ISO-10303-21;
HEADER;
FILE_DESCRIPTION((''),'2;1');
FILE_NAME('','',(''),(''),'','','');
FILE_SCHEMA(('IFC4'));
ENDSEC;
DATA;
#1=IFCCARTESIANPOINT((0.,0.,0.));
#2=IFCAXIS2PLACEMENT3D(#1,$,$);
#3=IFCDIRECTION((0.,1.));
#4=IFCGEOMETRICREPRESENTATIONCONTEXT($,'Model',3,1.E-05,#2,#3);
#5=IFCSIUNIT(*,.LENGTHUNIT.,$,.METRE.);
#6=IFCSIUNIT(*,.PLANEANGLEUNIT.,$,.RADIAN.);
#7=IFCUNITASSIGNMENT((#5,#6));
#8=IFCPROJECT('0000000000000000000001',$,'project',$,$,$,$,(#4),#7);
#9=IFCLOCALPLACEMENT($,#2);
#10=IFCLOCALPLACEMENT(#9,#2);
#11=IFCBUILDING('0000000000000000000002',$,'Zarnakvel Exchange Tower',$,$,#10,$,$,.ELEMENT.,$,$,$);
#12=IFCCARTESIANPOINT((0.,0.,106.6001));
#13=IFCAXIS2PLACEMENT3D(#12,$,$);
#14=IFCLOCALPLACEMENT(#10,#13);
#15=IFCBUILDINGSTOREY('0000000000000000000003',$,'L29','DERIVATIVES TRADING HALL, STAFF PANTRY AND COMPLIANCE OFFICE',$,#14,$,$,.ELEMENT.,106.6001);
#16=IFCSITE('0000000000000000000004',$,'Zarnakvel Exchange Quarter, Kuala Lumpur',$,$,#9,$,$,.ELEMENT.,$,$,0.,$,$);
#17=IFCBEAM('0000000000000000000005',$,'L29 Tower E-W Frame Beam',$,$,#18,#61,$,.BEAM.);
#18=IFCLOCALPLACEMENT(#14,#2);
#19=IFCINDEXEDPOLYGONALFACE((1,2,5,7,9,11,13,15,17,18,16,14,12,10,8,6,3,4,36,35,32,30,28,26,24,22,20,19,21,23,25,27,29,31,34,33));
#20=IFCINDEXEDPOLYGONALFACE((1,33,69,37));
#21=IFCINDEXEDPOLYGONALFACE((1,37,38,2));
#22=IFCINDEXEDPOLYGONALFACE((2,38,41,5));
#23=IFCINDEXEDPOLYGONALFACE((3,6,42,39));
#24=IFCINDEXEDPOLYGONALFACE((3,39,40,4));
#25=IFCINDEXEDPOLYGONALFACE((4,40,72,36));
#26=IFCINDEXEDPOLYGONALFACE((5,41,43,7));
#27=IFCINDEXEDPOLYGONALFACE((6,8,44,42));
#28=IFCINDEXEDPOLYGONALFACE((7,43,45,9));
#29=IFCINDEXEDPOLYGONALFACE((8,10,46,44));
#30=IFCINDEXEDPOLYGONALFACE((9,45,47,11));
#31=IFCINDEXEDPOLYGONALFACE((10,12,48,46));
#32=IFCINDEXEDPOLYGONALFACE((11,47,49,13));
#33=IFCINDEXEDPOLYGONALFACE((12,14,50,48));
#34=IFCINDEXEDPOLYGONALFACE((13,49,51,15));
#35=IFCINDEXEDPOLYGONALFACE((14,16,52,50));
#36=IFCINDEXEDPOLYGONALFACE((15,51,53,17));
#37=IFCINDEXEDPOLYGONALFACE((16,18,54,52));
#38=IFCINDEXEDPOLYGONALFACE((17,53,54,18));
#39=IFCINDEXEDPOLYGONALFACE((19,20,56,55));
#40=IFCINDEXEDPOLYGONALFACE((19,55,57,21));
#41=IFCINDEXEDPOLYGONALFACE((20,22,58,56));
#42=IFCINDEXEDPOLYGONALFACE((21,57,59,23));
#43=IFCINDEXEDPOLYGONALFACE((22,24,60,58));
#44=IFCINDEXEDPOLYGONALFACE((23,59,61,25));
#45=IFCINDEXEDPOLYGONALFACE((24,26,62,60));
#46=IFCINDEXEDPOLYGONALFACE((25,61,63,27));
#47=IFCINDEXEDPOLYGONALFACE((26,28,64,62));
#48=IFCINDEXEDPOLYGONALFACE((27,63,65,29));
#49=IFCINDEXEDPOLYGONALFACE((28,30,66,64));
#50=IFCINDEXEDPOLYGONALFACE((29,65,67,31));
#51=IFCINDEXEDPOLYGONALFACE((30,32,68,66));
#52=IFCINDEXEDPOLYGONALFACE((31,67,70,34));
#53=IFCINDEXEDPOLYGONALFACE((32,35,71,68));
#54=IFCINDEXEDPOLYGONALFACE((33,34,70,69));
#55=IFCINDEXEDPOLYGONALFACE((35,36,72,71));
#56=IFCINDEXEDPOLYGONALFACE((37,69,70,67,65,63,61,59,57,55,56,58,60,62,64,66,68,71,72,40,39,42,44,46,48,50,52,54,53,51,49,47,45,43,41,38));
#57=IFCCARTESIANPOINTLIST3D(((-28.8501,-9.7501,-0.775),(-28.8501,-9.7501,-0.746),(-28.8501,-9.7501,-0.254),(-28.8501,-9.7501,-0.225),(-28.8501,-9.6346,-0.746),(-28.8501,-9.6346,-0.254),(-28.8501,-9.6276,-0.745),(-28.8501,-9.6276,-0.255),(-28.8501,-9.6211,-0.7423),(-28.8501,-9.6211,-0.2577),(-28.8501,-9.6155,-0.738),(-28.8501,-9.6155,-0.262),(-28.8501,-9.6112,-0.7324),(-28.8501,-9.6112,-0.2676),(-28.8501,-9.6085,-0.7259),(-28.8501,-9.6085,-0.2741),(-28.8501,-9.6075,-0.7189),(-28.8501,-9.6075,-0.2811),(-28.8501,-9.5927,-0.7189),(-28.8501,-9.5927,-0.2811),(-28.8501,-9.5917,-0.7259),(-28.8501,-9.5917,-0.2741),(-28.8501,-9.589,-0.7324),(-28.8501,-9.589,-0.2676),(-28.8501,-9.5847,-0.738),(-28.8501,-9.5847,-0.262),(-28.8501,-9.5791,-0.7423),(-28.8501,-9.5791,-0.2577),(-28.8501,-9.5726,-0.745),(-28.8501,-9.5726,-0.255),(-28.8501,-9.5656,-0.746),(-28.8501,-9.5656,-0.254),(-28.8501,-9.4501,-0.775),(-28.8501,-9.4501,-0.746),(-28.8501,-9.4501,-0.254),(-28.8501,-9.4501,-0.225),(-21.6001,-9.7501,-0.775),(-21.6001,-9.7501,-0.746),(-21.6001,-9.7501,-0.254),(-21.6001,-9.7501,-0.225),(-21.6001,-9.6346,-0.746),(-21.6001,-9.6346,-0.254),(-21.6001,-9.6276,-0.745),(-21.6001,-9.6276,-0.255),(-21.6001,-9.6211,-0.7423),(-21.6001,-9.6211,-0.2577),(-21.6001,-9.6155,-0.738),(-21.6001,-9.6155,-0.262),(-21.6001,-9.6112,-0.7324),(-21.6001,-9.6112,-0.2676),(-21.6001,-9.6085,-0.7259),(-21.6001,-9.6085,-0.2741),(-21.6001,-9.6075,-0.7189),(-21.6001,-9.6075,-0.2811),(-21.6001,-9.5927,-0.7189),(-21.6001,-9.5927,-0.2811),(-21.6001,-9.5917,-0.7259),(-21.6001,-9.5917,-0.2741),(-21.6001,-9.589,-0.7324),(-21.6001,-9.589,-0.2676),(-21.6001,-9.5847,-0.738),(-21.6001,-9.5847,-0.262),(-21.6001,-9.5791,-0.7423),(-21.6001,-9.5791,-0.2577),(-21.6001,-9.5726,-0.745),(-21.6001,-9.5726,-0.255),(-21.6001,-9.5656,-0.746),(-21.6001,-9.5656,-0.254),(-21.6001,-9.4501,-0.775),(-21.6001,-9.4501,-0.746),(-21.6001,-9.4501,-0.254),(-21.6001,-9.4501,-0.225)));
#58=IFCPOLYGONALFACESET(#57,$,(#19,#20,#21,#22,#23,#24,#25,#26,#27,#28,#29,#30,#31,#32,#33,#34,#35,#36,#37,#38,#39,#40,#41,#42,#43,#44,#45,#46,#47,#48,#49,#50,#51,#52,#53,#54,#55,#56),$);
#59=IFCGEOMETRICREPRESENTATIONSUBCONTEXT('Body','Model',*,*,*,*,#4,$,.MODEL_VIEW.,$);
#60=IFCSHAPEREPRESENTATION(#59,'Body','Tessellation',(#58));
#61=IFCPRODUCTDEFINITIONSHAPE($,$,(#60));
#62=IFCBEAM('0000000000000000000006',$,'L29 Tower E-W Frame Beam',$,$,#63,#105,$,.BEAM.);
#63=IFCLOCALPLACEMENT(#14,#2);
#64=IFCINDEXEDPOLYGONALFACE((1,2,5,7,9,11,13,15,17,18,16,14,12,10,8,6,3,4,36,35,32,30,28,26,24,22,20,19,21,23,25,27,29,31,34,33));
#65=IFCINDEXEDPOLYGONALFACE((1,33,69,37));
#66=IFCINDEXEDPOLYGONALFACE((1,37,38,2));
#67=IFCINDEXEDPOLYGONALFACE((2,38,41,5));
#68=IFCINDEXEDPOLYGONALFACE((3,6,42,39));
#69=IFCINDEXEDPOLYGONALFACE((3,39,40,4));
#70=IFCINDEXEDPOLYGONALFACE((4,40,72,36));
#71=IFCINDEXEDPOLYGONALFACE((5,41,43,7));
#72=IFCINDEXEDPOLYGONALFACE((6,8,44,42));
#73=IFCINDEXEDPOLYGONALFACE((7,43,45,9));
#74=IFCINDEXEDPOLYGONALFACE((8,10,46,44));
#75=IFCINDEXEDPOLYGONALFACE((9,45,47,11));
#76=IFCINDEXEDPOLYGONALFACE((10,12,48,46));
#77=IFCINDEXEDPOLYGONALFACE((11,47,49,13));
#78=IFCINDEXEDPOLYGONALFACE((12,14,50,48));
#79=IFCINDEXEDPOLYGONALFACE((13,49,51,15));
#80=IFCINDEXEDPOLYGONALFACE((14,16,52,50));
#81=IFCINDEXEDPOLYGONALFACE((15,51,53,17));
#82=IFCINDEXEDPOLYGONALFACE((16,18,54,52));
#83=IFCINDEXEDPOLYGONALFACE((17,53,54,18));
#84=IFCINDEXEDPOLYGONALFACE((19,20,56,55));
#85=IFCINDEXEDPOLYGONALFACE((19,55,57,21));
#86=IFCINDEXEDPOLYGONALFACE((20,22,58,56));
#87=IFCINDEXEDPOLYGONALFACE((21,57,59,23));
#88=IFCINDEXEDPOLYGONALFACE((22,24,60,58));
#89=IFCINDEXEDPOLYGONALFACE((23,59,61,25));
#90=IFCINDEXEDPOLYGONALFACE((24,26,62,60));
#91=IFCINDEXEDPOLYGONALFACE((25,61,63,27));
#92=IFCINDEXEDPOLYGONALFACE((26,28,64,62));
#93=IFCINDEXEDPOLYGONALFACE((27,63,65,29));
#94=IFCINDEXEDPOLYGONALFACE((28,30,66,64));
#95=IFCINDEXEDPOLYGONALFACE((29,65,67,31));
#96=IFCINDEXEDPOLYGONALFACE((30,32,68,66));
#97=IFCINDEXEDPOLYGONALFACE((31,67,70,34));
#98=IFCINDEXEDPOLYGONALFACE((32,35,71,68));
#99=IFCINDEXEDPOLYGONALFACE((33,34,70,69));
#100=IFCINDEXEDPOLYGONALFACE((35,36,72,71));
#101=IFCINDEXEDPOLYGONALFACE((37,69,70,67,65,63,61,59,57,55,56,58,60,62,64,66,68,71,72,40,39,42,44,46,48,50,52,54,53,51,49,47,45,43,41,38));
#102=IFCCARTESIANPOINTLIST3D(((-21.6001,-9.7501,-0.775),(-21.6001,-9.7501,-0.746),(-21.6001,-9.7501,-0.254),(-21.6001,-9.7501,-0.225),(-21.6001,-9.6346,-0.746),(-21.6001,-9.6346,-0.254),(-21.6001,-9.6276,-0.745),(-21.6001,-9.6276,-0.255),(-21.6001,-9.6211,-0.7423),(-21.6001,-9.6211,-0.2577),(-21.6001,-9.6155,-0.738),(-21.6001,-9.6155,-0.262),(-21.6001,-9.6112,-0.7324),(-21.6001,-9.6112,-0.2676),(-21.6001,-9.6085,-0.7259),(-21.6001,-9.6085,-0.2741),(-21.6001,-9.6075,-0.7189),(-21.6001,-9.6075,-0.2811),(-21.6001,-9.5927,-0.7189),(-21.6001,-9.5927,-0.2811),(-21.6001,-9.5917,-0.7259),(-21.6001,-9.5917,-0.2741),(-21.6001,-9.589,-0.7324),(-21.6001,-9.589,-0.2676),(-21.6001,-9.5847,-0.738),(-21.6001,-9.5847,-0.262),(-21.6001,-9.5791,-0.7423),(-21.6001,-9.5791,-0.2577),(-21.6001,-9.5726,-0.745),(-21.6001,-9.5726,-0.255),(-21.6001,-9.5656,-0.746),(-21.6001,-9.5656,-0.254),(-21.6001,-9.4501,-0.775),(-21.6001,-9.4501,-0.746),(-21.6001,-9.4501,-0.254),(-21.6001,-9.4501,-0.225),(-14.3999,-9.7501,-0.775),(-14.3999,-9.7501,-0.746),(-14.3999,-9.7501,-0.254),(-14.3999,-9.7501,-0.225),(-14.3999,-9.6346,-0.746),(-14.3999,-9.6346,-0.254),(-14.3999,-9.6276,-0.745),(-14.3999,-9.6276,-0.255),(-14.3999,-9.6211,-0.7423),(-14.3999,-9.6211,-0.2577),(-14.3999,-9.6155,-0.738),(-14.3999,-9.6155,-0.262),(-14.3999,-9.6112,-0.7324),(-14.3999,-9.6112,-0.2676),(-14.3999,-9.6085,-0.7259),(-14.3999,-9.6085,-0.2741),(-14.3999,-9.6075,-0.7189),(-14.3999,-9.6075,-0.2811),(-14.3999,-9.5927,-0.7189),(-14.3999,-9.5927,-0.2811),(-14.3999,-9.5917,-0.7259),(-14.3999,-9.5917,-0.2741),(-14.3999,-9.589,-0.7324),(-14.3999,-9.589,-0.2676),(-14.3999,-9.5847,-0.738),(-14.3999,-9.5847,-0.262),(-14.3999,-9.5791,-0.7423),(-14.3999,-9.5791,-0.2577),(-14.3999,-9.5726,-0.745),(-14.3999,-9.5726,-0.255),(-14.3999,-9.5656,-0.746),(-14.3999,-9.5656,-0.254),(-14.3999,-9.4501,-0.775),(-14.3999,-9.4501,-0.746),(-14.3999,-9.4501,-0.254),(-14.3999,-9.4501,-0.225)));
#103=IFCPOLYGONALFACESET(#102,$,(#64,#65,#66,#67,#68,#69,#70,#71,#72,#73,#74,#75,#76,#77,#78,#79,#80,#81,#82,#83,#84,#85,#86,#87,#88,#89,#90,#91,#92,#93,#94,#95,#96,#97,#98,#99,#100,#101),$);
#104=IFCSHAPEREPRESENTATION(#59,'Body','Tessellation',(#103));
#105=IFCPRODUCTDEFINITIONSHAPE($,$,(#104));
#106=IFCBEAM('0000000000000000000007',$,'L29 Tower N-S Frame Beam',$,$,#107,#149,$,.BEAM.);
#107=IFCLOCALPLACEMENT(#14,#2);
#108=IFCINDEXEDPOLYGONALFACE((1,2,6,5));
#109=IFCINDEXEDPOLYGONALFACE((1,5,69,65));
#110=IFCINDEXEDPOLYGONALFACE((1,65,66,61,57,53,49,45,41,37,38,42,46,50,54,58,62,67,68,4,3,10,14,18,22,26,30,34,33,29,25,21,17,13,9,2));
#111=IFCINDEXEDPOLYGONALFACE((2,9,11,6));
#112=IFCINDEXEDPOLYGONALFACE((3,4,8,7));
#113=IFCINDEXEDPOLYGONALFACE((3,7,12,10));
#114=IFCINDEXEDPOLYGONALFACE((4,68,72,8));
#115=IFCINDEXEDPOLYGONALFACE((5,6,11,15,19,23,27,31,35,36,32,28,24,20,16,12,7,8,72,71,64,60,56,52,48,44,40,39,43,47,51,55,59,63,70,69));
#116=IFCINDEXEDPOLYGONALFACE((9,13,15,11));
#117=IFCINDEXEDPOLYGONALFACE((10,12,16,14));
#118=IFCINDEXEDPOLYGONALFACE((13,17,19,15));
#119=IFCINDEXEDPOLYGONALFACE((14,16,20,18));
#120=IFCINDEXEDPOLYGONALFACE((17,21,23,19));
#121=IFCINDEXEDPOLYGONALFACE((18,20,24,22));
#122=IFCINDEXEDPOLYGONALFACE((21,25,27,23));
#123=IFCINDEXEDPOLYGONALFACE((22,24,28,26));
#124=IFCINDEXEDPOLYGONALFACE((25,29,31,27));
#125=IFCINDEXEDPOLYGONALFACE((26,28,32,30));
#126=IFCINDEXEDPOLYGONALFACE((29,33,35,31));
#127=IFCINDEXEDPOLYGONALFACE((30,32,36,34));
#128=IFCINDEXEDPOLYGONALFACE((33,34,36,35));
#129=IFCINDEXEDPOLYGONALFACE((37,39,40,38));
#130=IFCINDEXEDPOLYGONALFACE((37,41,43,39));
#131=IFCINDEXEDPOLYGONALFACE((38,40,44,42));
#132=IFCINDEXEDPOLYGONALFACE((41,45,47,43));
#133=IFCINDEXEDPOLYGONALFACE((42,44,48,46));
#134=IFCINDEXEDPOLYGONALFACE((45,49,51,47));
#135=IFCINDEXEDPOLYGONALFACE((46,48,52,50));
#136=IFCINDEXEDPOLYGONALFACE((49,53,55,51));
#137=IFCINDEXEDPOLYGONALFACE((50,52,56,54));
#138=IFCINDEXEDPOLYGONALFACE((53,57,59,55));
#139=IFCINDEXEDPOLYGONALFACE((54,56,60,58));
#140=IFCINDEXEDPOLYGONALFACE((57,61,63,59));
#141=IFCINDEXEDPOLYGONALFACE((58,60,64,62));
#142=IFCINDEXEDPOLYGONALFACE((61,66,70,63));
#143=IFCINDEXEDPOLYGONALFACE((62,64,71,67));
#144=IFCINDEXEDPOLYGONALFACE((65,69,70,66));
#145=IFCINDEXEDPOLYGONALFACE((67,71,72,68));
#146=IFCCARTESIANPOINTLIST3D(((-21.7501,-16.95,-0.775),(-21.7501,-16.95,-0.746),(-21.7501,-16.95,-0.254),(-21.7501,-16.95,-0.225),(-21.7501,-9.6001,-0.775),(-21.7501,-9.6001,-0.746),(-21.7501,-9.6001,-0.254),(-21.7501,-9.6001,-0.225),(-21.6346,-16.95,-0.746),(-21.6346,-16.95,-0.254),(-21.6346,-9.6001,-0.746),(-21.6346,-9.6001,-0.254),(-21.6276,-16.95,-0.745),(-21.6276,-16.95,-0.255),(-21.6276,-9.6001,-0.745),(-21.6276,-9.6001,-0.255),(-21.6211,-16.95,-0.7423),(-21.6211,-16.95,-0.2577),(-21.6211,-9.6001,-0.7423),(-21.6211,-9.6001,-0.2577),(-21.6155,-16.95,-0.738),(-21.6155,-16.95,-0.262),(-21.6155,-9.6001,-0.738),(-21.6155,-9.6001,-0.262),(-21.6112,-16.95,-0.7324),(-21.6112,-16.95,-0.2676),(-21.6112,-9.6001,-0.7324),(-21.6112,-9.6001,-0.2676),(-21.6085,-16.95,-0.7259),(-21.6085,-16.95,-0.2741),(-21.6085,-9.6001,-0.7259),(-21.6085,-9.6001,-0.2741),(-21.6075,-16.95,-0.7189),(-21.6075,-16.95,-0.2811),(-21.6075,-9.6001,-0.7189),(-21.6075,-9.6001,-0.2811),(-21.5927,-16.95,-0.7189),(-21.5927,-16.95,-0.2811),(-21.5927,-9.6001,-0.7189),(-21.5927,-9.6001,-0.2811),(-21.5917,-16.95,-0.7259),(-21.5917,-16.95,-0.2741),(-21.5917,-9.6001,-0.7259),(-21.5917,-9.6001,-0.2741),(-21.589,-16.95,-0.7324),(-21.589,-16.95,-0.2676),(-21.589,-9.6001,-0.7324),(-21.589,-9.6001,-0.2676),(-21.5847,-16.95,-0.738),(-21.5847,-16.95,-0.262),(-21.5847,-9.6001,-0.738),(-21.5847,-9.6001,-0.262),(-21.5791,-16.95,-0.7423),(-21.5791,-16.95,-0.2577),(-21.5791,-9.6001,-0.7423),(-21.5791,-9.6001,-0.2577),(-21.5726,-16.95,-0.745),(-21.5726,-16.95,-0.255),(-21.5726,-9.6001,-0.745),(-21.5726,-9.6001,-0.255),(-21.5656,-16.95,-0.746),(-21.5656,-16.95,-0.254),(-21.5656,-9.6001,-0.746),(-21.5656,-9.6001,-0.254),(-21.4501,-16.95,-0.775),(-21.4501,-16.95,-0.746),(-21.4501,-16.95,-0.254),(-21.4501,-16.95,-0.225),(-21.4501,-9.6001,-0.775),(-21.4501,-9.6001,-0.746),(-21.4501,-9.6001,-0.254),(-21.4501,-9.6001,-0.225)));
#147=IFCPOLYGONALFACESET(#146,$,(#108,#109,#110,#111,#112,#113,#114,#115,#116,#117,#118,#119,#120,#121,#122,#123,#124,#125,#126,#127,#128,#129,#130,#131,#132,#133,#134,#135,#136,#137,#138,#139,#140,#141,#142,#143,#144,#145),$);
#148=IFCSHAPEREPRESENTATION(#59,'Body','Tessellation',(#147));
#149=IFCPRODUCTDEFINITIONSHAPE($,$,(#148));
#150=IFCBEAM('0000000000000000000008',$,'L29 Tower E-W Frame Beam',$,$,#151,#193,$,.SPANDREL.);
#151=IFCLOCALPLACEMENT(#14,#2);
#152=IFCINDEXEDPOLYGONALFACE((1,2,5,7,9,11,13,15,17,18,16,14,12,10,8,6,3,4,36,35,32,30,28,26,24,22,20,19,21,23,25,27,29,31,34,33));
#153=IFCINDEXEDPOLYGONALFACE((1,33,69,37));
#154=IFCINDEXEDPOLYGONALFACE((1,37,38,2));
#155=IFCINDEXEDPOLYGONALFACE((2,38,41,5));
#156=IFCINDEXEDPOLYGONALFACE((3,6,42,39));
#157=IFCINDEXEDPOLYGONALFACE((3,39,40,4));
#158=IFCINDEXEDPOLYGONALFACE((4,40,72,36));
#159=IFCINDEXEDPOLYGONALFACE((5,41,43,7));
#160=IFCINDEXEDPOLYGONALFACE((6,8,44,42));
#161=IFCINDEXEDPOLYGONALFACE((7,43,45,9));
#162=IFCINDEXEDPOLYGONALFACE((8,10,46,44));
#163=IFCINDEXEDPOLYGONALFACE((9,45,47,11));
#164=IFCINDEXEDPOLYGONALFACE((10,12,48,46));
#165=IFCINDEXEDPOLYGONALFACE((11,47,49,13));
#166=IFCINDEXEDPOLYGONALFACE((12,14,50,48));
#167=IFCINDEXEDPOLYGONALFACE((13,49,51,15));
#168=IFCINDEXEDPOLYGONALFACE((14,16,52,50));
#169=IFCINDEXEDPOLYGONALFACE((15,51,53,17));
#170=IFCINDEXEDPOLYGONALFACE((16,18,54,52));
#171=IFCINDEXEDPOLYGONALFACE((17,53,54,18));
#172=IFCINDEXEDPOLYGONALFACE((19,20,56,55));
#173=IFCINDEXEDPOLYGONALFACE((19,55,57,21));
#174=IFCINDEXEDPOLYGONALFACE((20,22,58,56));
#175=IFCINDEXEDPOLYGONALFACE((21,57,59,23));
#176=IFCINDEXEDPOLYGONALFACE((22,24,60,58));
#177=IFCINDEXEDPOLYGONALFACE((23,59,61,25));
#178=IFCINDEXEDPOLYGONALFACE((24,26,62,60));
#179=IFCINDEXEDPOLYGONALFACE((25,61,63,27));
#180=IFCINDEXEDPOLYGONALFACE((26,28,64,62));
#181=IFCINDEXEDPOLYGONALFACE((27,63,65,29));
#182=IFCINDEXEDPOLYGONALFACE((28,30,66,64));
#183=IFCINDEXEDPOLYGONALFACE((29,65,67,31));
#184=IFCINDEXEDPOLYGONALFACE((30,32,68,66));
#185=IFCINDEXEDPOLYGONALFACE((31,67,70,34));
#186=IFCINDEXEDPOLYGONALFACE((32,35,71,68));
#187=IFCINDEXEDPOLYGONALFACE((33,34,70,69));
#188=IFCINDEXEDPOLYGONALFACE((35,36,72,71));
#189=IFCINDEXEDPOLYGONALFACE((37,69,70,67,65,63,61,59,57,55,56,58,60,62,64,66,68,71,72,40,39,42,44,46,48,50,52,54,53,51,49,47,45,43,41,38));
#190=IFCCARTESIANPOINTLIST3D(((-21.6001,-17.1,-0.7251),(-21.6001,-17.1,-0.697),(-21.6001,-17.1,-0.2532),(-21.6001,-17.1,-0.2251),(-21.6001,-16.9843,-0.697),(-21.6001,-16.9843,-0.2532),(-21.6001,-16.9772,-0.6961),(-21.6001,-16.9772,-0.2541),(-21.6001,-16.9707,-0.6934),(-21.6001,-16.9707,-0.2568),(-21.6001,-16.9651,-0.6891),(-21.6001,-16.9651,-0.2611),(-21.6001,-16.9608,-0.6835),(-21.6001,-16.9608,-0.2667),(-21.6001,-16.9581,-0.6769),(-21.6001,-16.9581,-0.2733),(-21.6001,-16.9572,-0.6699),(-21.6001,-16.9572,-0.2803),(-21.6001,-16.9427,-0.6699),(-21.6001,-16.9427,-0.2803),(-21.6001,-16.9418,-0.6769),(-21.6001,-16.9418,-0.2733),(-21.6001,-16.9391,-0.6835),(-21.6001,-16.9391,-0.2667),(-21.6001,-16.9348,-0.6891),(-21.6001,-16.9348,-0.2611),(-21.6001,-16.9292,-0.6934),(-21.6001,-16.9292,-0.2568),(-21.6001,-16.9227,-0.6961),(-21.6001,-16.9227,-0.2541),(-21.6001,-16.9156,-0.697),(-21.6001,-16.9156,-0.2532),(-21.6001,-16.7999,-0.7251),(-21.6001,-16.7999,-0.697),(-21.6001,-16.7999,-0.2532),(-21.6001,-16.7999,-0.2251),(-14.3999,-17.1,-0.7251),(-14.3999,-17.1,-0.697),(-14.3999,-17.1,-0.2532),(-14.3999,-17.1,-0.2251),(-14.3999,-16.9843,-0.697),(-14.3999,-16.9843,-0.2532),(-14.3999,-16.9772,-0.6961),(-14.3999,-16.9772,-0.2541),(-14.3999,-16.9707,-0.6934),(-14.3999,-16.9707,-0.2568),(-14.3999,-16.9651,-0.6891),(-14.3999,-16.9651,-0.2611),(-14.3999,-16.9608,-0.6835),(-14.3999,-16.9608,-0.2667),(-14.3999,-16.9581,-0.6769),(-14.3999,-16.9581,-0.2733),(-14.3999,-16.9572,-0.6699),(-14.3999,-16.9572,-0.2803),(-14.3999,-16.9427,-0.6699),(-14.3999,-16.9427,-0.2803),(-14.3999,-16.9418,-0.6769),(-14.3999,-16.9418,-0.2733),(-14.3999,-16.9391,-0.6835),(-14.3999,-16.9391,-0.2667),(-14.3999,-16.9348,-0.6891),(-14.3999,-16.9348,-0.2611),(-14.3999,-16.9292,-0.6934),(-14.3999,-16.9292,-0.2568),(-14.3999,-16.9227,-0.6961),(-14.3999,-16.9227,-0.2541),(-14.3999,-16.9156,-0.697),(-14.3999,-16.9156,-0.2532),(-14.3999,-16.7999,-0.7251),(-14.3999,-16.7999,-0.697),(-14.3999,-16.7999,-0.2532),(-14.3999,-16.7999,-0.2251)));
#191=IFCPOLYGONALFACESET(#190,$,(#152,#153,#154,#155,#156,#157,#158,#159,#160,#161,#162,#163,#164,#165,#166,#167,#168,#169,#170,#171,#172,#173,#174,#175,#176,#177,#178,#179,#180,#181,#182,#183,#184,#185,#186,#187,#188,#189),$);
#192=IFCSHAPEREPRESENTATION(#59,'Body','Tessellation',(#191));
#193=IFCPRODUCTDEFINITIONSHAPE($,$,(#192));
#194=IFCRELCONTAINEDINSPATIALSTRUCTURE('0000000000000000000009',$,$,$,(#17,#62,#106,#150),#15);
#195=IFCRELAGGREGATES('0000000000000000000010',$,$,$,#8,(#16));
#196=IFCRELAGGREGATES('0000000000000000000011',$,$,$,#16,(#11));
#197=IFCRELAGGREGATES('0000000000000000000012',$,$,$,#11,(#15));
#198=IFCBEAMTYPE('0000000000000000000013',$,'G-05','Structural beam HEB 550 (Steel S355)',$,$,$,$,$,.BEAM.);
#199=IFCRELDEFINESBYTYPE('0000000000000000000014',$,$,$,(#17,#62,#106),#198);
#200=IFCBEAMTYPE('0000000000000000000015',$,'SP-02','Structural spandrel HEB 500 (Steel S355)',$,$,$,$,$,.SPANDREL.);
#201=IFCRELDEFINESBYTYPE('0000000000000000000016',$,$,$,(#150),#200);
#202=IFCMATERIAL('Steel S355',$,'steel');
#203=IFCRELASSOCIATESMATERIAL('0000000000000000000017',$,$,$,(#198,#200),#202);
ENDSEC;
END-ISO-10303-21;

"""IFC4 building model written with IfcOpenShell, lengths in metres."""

from ifc_helpers import new_model, si_unit, direction, frame, origin, origin_2d, place, context, subcontext, project, spatial, i_section, extrude, material, material_profile, profile_set, type_object, element, save


model = new_model("IFC4")

# Units and contexts
model_context = context("Model", 3, precision=1e-05, world=origin(), true_north=direction((0.0, 1.0)))
body_context = subcontext(model_context, "Body", "Model", "MODEL_VIEW")
ifc_project = project(units=[si_unit("LENGTHUNIT", "METRE"), si_unit("PLANEANGLEUNIT", "RADIAN")], contexts=[model_context])

# Site, building, storey
site_placement = place(None, origin())
site = spatial("IfcSite", under=ifc_project, at=site_placement, Name="Zarnakvel Exchange Quarter, Kuala Lumpur", CompositionType="ELEMENT", RefElevation=0.0)
building_placement = place(site_placement, origin())
building = spatial("IfcBuilding", under=site, at=building_placement, Name="Zarnakvel Exchange Tower", CompositionType="ELEMENT")
storey_placement = place(building_placement, frame((0.0, 0.0, 106.6001)))
storey = spatial("IfcBuildingStorey", under=building, at=storey_placement, Name="L29", Description="DERIVATIVES TRADING HALL, STAFF PANTRY AND COMPLIANCE OFFICE", CompositionType="ELEMENT", Elevation=106.6001)

# Shared definitions
ifc_material_1 = material(Name="Steel S355", Category="steel")

# Beams
ifc_material_profile_1 = material_profile(ifc_material_1, i_section(OverallWidth=0.3, OverallDepth=0.55, WebThickness=0.0149, FlangeThickness=0.0291, FilletRadius=0.0271, at=origin_2d()))
ifc_profile_set_1 = profile_set([ifc_material_profile_1], Name="Steel S355")
beam_type_1 = type_object("IfcBeamType", Name="G-05", Description="Structural beam HEB 550 (Steel S355)", PredefinedType="BEAM", material=ifc_profile_set_1)
beam_1_placement = place(storey_placement, frame((-28.8501, -9.6001, -0.5), z_axis=(1.0, 0.0, 0.0), x_axis=(0.0, 1.0, 0.0)))
element("IfcBeam", 1, at=beam_1_placement, inside=storey, type_object=beam_type_1, Name="L29 Tower E-W Frame Beam", PredefinedType="BEAM", context=body_context, shape_type="SweptSolid", body=[
    extrude(i_section(OverallWidth=0.3, OverallDepth=0.55, WebThickness=0.0149, FlangeThickness=0.0291, FilletRadius=0.0271, at=origin_2d()), origin(), (0.0, 0.0, 1.0), 7.25),
])
beam_2_placement = place(storey_placement, frame((-21.6001, -9.6001, -0.5), z_axis=(1.0, 0.0, 0.0), x_axis=(0.0, 1.0, 0.0)))
element("IfcBeam", 2, at=beam_2_placement, inside=storey, type_object=beam_type_1, Name="L29 Tower E-W Frame Beam", PredefinedType="BEAM", context=body_context, shape_type="SweptSolid", body=[
    extrude(i_section(OverallWidth=0.3, OverallDepth=0.55, WebThickness=0.0149, FlangeThickness=0.0291, FilletRadius=0.0271, at=origin_2d()), origin(), (0.0, 0.0, 1.0), 7.2002),
])
beam_3_placement = place(storey_placement, frame((-21.6001, -16.95, -0.5), z_axis=(0.0, 1.0, 0.0), x_axis=(-1.0, 0.0, 0.0)))
element("IfcBeam", 3, at=beam_3_placement, inside=storey, type_object=beam_type_1, Name="L29 Tower N-S Frame Beam", PredefinedType="BEAM", context=body_context, shape_type="SweptSolid", body=[
    extrude(i_section(OverallWidth=0.3, OverallDepth=0.55, WebThickness=0.0149, FlangeThickness=0.0291, FilletRadius=0.0271, at=origin_2d()), origin(), (0.0, 0.0, 1.0), 7.3499),
])
ifc_material_profile_2 = material_profile(ifc_material_1, i_section(OverallWidth=0.3, OverallDepth=0.5, WebThickness=0.0144, FlangeThickness=0.0281, FilletRadius=0.0271, at=origin_2d()))
ifc_profile_set_2 = profile_set([ifc_material_profile_2], Name="Steel S355")
beam_type_2 = type_object("IfcBeamType", Name="SP-02", Description="Structural spandrel HEB 500 (Steel S355)", PredefinedType="SPANDREL", material=ifc_profile_set_2)
beam_4_placement = place(storey_placement, frame((-21.6001, -16.95, -0.4751), z_axis=(1.0, 0.0, 0.0), x_axis=(0.0, 1.0, 0.0)))
element("IfcBeam", 4, at=beam_4_placement, inside=storey, type_object=beam_type_2, Name="L29 Tower E-W Frame Beam", PredefinedType="SPANDREL", context=body_context, shape_type="SweptSolid", body=[
    extrude(i_section(OverallWidth=0.3, OverallDepth=0.5, WebThickness=0.0144, FlangeThickness=0.0281, FilletRadius=0.0271, at=origin_2d()), origin(), (0.0, 0.0, 1.0), 7.2002),
])

save(model, "model.ifc")
